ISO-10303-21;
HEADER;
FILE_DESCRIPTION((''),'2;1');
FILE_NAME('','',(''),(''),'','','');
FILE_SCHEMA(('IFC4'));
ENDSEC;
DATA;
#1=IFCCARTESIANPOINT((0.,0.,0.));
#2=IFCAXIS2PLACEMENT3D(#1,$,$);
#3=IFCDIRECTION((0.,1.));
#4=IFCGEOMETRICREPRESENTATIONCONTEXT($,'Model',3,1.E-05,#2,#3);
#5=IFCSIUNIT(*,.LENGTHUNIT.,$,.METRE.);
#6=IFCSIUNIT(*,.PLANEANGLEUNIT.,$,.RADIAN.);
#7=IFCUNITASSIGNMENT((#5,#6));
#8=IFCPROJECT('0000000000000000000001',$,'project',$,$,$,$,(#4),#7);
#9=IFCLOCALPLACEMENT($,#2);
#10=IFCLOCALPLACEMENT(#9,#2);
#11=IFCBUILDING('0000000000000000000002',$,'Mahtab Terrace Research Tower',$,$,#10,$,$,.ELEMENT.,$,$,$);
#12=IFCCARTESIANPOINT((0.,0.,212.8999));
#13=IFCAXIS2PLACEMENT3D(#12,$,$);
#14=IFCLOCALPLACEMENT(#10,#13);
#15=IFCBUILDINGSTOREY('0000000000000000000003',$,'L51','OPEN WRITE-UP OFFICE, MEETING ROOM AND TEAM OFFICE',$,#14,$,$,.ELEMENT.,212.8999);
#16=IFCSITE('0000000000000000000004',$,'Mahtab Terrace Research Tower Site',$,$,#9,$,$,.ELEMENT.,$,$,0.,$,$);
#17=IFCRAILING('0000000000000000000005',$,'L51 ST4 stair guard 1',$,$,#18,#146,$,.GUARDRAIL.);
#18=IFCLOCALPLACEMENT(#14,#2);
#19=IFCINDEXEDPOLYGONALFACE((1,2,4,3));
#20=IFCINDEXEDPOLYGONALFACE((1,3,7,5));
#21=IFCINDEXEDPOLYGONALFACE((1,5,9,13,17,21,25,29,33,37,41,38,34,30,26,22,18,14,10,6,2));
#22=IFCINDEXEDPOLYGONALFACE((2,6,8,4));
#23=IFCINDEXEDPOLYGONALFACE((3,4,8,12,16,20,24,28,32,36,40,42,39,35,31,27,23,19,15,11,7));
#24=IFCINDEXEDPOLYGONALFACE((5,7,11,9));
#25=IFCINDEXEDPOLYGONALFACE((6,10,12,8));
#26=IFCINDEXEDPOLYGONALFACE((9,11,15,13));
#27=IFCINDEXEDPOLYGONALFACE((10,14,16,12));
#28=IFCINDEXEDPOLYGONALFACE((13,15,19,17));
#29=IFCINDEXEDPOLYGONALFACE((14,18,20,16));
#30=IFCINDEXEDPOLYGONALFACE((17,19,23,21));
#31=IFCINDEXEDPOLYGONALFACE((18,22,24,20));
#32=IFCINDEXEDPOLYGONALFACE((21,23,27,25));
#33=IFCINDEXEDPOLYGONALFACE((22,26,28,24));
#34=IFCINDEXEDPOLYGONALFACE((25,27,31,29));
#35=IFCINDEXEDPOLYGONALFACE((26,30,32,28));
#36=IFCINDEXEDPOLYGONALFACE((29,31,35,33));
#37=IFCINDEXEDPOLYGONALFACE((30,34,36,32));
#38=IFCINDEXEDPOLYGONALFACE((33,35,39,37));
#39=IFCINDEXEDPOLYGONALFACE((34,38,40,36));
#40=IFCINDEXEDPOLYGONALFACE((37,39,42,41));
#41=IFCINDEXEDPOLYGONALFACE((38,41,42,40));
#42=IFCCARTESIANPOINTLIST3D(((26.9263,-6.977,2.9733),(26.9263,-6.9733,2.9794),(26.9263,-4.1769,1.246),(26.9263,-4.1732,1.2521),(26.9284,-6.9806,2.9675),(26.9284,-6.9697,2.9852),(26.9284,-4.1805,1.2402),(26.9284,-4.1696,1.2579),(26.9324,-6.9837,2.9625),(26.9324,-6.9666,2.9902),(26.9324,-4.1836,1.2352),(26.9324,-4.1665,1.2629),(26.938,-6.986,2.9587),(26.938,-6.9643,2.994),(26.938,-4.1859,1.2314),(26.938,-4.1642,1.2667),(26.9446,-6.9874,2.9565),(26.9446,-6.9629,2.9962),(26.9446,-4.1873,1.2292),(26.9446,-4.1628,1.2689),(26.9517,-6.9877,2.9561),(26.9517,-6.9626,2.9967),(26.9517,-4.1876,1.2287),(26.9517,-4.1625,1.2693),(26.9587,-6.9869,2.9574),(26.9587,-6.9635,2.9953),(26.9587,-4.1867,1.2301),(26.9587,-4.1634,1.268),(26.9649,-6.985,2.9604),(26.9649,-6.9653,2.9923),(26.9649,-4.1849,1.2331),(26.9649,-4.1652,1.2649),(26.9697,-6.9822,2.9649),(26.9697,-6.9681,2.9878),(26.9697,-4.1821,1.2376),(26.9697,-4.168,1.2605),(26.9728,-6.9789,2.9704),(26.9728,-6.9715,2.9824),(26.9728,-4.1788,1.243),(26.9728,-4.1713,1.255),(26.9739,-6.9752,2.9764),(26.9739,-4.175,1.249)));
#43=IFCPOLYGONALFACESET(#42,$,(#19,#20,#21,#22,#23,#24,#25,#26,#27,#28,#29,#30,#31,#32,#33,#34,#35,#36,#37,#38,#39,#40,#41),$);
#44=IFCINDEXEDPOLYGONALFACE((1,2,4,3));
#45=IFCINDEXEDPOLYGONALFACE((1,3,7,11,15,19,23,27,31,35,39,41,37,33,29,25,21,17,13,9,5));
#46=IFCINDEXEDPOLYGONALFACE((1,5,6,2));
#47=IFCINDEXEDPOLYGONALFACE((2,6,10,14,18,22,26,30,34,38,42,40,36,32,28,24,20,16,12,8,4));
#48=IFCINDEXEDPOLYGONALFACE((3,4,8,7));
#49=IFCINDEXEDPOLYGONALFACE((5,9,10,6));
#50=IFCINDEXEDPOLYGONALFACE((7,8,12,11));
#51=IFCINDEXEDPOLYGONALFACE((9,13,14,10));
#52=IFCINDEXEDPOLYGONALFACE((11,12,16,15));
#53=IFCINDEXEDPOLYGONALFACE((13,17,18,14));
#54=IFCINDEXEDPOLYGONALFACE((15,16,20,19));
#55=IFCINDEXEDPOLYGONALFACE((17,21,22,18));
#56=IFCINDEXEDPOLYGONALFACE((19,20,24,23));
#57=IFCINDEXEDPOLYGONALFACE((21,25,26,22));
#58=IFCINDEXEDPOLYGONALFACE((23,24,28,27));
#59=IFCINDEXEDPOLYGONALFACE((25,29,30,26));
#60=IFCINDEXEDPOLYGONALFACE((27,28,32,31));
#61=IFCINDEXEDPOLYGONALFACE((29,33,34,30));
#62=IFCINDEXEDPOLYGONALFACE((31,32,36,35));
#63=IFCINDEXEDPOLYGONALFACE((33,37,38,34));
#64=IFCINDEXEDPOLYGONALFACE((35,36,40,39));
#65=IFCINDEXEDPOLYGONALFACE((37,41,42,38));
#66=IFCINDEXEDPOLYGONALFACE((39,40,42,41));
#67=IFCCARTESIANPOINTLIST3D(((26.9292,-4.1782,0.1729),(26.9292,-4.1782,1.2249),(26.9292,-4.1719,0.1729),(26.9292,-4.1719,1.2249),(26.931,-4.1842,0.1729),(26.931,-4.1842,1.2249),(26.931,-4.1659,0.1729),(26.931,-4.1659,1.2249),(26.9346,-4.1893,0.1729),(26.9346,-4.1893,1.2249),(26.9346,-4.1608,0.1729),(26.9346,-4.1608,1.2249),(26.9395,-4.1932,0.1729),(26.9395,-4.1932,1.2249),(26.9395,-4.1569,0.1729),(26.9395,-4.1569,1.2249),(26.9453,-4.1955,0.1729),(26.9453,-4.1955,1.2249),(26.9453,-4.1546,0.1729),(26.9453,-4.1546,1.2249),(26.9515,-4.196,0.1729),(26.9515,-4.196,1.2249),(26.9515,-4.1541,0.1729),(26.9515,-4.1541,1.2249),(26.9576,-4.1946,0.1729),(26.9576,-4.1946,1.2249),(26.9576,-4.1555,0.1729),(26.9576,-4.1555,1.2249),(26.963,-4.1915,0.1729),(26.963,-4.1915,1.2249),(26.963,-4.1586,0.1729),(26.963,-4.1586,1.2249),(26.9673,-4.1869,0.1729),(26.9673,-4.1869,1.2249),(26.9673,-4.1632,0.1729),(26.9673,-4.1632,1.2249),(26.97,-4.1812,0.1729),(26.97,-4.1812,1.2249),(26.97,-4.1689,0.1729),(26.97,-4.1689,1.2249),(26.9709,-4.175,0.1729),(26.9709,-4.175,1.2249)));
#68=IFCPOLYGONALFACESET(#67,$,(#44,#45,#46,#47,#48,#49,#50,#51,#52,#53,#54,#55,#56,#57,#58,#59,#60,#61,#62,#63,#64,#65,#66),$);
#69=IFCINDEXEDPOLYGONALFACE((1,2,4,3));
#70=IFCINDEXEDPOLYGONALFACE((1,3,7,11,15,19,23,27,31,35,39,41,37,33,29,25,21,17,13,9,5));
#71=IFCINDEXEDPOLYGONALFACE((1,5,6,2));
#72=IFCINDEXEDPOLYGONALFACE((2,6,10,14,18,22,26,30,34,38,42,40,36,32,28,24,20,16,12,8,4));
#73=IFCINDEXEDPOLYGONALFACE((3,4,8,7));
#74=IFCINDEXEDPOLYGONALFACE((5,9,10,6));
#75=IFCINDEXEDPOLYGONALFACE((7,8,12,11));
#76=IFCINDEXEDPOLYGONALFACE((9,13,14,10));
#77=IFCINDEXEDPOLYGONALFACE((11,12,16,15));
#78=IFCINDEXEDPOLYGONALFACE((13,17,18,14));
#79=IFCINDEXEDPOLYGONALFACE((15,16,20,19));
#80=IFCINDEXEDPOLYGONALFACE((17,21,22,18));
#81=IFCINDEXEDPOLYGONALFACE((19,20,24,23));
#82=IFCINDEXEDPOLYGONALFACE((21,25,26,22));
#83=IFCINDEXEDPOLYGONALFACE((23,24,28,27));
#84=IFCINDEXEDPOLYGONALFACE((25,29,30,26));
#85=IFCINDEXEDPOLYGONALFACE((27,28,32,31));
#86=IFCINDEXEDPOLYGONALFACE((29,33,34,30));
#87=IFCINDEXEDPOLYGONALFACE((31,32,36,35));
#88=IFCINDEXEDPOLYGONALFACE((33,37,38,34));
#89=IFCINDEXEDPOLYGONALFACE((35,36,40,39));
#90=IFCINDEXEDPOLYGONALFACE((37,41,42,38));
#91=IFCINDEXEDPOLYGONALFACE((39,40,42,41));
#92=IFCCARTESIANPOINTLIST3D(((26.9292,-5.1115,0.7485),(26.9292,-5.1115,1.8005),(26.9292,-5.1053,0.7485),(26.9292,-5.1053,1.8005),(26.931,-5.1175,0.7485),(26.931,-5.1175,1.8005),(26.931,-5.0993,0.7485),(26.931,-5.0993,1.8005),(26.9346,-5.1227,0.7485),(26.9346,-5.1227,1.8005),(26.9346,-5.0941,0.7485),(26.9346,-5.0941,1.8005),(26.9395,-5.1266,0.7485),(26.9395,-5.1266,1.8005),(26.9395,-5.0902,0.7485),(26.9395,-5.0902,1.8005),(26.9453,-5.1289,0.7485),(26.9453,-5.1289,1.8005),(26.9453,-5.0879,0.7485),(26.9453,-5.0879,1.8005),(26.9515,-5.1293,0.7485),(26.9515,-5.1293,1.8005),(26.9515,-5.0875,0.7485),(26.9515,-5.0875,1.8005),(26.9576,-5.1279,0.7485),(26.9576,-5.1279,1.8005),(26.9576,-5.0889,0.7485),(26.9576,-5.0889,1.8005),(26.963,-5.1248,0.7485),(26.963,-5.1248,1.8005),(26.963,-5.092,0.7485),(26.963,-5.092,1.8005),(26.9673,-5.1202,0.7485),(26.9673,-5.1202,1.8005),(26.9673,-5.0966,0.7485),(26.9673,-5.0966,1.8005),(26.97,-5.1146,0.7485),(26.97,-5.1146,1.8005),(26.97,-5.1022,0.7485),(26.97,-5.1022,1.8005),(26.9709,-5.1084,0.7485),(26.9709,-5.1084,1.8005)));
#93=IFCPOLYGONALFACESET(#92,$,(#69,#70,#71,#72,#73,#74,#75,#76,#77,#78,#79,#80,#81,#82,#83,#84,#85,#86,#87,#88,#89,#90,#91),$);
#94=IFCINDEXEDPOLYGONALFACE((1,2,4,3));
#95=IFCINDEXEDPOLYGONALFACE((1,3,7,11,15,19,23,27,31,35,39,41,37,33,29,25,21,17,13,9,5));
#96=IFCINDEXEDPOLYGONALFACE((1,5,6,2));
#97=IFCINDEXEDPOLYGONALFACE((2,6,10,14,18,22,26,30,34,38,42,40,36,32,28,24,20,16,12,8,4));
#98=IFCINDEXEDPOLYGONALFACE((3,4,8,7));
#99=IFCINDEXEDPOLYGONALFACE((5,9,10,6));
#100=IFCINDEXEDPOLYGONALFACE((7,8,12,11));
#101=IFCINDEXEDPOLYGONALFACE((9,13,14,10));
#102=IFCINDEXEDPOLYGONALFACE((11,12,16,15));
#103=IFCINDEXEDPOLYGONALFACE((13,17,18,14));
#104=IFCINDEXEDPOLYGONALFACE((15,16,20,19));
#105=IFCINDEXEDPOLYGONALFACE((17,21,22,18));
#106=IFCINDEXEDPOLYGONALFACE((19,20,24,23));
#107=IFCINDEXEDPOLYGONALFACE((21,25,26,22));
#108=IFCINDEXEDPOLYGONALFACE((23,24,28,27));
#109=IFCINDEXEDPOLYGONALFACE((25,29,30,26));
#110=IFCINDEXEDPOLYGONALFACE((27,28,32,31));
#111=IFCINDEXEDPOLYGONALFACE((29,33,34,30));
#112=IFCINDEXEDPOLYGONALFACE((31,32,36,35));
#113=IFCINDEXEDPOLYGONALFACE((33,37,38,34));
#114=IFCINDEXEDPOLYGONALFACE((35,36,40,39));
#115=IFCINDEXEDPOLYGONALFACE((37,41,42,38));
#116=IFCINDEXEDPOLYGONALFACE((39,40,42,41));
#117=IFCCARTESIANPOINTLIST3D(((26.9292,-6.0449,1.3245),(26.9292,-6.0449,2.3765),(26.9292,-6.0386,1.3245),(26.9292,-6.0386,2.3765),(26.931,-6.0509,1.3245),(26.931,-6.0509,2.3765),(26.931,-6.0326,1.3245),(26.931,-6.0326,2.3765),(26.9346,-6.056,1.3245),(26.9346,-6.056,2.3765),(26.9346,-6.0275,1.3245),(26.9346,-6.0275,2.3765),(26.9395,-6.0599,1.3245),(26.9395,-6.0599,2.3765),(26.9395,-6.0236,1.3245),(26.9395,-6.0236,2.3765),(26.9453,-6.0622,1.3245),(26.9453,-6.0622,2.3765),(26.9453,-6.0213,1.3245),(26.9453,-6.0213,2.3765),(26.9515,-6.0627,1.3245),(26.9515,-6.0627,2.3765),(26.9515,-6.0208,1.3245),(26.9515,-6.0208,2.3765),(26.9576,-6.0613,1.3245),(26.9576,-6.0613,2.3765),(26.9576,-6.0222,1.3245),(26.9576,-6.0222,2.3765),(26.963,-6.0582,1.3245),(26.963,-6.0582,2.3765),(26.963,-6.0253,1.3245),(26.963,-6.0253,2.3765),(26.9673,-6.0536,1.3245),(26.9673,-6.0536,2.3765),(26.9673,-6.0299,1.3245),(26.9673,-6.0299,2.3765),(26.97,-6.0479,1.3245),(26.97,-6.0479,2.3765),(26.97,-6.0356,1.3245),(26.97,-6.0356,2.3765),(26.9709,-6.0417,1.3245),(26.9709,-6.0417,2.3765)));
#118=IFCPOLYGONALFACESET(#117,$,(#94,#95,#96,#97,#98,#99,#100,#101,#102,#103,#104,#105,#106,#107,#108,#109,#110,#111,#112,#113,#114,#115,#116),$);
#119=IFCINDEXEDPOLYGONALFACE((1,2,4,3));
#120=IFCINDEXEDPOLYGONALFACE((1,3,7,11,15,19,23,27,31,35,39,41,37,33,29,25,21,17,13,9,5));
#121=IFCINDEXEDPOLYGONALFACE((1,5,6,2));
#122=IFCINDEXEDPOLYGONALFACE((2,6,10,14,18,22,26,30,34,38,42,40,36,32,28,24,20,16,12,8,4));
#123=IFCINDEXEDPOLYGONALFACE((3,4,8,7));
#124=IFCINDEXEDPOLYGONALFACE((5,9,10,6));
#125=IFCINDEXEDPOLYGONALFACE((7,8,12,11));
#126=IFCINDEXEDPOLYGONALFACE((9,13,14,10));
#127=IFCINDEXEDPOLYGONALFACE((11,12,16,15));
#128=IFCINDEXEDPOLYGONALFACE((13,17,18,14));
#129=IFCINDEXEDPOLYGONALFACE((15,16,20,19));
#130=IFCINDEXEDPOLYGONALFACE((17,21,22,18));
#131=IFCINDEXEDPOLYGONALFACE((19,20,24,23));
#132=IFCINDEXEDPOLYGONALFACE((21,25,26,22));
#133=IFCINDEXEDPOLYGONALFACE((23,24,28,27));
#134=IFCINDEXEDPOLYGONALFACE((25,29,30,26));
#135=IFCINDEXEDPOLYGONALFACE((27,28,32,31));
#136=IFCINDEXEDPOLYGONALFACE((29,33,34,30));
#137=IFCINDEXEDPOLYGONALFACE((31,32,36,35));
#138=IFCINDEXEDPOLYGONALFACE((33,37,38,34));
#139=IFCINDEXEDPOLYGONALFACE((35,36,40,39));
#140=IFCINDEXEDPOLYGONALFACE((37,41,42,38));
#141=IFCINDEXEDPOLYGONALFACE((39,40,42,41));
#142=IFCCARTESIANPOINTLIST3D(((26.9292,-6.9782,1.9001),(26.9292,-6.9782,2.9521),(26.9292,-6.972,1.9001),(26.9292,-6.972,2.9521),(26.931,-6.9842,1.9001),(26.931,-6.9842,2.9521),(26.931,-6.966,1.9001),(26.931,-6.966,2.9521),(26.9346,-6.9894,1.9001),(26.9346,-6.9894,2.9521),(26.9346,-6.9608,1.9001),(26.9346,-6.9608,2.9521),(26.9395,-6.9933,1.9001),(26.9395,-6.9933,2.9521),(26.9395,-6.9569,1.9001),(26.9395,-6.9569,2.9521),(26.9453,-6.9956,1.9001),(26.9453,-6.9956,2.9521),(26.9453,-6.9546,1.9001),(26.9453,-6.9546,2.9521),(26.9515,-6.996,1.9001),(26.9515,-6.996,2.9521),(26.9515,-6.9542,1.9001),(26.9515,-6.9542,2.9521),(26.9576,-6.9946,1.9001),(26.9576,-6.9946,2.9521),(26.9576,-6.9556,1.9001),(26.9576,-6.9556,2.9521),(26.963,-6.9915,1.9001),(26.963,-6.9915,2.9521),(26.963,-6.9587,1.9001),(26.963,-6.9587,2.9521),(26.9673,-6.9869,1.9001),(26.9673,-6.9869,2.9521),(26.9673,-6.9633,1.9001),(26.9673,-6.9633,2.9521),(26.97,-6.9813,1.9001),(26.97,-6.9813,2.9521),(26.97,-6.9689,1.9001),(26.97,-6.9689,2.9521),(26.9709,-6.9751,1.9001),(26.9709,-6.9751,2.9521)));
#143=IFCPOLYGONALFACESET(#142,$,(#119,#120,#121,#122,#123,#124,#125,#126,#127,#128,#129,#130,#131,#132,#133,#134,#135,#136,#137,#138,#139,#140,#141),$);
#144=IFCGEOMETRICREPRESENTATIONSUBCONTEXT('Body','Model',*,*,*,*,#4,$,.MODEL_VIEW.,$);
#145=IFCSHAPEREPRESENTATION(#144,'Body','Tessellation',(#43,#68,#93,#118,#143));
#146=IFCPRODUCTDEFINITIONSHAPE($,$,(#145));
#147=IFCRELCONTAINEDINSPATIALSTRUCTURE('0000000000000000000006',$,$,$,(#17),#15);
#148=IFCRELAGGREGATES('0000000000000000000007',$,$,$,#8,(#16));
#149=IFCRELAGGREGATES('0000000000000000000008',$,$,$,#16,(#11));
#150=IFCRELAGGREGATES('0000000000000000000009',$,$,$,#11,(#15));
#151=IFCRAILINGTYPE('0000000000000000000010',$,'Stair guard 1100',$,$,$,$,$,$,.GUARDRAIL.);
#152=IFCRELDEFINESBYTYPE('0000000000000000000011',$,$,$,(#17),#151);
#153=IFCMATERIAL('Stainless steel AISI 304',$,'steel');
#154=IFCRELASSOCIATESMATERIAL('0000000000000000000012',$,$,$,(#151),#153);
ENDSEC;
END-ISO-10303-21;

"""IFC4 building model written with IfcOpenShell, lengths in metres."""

from ifc_helpers import new_model, si_unit, direction, frame, origin, origin_2d, place, context, subcontext, project, spatial, circle, extrude, material, type_object, element, save


model = new_model("IFC4")

# Units and contexts
model_context = context("Model", 3, precision=1e-05, world=origin(), true_north=direction((0.0, 1.0)))
body_context = subcontext(model_context, "Body", "Model", "MODEL_VIEW")
ifc_project = project(units=[si_unit("LENGTHUNIT", "METRE"), si_unit("PLANEANGLEUNIT", "RADIAN")], contexts=[model_context])

# Site, building, storey
site_placement = place(None, origin())
site = spatial("IfcSite", under=ifc_project, at=site_placement, Name="Mahtab Terrace Research Tower Site", CompositionType="ELEMENT", RefElevation=0.0)
building_placement = place(site_placement, origin())
building = spatial("IfcBuilding", under=site, at=building_placement, Name="Mahtab Terrace Research Tower", CompositionType="ELEMENT")
storey_placement = place(building_placement, frame((0.0, 0.0, 212.8999)))
storey = spatial("IfcBuildingStorey", under=building, at=storey_placement, Name="L51", Description="OPEN WRITE-UP OFFICE, MEETING ROOM AND TEAM OFFICE", CompositionType="ELEMENT", Elevation=212.8999)

# Shared definitions
ifc_material_1 = material(Name="Stainless steel AISI 304", Category="steel")

# Railing
railing_type_1 = type_object("IfcRailingType", Name="Stair guard 1100", PredefinedType="GUARDRAIL", material=ifc_material_1)
railing_1_placement = place(storey_placement, frame((26.95, -4.175, 0.1729)))
element("IfcRailing", 1, at=railing_1_placement, inside=storey, type_object=railing_type_1, Name="L51 ST4 stair guard 1", PredefinedType="GUARDRAIL", context=body_context, shape_type="SweptSolid", body=[
    extrude(circle(Radius=0.0239, at=origin_2d()), frame((0.0, 0.0, 1.0762), z_axis=(0.0, -0.85109, 0.52502), x_axis=(1.0, 0.0, 0.0)), (0.0, 0.0, 1.0), 3.29),
    extrude(circle(Radius=0.021, at=origin_2d()), origin(), (0.0, 0.0, 1.0), 1.052),
    extrude(circle(Radius=0.021, at=origin_2d()), frame((0.0, -0.9333, 0.5757)), (0.0, 0.0, 1.0), 1.052),
    extrude(circle(Radius=0.021, at=origin_2d()), frame((0.0, -1.8667, 1.1516)), (0.0, 0.0, 1.0), 1.052),
    extrude(circle(Radius=0.021, at=origin_2d()), frame((0.0, -2.8, 1.7273)), (0.0, 0.0, 1.0), 1.052),
])

save(model, "model.ifc")
